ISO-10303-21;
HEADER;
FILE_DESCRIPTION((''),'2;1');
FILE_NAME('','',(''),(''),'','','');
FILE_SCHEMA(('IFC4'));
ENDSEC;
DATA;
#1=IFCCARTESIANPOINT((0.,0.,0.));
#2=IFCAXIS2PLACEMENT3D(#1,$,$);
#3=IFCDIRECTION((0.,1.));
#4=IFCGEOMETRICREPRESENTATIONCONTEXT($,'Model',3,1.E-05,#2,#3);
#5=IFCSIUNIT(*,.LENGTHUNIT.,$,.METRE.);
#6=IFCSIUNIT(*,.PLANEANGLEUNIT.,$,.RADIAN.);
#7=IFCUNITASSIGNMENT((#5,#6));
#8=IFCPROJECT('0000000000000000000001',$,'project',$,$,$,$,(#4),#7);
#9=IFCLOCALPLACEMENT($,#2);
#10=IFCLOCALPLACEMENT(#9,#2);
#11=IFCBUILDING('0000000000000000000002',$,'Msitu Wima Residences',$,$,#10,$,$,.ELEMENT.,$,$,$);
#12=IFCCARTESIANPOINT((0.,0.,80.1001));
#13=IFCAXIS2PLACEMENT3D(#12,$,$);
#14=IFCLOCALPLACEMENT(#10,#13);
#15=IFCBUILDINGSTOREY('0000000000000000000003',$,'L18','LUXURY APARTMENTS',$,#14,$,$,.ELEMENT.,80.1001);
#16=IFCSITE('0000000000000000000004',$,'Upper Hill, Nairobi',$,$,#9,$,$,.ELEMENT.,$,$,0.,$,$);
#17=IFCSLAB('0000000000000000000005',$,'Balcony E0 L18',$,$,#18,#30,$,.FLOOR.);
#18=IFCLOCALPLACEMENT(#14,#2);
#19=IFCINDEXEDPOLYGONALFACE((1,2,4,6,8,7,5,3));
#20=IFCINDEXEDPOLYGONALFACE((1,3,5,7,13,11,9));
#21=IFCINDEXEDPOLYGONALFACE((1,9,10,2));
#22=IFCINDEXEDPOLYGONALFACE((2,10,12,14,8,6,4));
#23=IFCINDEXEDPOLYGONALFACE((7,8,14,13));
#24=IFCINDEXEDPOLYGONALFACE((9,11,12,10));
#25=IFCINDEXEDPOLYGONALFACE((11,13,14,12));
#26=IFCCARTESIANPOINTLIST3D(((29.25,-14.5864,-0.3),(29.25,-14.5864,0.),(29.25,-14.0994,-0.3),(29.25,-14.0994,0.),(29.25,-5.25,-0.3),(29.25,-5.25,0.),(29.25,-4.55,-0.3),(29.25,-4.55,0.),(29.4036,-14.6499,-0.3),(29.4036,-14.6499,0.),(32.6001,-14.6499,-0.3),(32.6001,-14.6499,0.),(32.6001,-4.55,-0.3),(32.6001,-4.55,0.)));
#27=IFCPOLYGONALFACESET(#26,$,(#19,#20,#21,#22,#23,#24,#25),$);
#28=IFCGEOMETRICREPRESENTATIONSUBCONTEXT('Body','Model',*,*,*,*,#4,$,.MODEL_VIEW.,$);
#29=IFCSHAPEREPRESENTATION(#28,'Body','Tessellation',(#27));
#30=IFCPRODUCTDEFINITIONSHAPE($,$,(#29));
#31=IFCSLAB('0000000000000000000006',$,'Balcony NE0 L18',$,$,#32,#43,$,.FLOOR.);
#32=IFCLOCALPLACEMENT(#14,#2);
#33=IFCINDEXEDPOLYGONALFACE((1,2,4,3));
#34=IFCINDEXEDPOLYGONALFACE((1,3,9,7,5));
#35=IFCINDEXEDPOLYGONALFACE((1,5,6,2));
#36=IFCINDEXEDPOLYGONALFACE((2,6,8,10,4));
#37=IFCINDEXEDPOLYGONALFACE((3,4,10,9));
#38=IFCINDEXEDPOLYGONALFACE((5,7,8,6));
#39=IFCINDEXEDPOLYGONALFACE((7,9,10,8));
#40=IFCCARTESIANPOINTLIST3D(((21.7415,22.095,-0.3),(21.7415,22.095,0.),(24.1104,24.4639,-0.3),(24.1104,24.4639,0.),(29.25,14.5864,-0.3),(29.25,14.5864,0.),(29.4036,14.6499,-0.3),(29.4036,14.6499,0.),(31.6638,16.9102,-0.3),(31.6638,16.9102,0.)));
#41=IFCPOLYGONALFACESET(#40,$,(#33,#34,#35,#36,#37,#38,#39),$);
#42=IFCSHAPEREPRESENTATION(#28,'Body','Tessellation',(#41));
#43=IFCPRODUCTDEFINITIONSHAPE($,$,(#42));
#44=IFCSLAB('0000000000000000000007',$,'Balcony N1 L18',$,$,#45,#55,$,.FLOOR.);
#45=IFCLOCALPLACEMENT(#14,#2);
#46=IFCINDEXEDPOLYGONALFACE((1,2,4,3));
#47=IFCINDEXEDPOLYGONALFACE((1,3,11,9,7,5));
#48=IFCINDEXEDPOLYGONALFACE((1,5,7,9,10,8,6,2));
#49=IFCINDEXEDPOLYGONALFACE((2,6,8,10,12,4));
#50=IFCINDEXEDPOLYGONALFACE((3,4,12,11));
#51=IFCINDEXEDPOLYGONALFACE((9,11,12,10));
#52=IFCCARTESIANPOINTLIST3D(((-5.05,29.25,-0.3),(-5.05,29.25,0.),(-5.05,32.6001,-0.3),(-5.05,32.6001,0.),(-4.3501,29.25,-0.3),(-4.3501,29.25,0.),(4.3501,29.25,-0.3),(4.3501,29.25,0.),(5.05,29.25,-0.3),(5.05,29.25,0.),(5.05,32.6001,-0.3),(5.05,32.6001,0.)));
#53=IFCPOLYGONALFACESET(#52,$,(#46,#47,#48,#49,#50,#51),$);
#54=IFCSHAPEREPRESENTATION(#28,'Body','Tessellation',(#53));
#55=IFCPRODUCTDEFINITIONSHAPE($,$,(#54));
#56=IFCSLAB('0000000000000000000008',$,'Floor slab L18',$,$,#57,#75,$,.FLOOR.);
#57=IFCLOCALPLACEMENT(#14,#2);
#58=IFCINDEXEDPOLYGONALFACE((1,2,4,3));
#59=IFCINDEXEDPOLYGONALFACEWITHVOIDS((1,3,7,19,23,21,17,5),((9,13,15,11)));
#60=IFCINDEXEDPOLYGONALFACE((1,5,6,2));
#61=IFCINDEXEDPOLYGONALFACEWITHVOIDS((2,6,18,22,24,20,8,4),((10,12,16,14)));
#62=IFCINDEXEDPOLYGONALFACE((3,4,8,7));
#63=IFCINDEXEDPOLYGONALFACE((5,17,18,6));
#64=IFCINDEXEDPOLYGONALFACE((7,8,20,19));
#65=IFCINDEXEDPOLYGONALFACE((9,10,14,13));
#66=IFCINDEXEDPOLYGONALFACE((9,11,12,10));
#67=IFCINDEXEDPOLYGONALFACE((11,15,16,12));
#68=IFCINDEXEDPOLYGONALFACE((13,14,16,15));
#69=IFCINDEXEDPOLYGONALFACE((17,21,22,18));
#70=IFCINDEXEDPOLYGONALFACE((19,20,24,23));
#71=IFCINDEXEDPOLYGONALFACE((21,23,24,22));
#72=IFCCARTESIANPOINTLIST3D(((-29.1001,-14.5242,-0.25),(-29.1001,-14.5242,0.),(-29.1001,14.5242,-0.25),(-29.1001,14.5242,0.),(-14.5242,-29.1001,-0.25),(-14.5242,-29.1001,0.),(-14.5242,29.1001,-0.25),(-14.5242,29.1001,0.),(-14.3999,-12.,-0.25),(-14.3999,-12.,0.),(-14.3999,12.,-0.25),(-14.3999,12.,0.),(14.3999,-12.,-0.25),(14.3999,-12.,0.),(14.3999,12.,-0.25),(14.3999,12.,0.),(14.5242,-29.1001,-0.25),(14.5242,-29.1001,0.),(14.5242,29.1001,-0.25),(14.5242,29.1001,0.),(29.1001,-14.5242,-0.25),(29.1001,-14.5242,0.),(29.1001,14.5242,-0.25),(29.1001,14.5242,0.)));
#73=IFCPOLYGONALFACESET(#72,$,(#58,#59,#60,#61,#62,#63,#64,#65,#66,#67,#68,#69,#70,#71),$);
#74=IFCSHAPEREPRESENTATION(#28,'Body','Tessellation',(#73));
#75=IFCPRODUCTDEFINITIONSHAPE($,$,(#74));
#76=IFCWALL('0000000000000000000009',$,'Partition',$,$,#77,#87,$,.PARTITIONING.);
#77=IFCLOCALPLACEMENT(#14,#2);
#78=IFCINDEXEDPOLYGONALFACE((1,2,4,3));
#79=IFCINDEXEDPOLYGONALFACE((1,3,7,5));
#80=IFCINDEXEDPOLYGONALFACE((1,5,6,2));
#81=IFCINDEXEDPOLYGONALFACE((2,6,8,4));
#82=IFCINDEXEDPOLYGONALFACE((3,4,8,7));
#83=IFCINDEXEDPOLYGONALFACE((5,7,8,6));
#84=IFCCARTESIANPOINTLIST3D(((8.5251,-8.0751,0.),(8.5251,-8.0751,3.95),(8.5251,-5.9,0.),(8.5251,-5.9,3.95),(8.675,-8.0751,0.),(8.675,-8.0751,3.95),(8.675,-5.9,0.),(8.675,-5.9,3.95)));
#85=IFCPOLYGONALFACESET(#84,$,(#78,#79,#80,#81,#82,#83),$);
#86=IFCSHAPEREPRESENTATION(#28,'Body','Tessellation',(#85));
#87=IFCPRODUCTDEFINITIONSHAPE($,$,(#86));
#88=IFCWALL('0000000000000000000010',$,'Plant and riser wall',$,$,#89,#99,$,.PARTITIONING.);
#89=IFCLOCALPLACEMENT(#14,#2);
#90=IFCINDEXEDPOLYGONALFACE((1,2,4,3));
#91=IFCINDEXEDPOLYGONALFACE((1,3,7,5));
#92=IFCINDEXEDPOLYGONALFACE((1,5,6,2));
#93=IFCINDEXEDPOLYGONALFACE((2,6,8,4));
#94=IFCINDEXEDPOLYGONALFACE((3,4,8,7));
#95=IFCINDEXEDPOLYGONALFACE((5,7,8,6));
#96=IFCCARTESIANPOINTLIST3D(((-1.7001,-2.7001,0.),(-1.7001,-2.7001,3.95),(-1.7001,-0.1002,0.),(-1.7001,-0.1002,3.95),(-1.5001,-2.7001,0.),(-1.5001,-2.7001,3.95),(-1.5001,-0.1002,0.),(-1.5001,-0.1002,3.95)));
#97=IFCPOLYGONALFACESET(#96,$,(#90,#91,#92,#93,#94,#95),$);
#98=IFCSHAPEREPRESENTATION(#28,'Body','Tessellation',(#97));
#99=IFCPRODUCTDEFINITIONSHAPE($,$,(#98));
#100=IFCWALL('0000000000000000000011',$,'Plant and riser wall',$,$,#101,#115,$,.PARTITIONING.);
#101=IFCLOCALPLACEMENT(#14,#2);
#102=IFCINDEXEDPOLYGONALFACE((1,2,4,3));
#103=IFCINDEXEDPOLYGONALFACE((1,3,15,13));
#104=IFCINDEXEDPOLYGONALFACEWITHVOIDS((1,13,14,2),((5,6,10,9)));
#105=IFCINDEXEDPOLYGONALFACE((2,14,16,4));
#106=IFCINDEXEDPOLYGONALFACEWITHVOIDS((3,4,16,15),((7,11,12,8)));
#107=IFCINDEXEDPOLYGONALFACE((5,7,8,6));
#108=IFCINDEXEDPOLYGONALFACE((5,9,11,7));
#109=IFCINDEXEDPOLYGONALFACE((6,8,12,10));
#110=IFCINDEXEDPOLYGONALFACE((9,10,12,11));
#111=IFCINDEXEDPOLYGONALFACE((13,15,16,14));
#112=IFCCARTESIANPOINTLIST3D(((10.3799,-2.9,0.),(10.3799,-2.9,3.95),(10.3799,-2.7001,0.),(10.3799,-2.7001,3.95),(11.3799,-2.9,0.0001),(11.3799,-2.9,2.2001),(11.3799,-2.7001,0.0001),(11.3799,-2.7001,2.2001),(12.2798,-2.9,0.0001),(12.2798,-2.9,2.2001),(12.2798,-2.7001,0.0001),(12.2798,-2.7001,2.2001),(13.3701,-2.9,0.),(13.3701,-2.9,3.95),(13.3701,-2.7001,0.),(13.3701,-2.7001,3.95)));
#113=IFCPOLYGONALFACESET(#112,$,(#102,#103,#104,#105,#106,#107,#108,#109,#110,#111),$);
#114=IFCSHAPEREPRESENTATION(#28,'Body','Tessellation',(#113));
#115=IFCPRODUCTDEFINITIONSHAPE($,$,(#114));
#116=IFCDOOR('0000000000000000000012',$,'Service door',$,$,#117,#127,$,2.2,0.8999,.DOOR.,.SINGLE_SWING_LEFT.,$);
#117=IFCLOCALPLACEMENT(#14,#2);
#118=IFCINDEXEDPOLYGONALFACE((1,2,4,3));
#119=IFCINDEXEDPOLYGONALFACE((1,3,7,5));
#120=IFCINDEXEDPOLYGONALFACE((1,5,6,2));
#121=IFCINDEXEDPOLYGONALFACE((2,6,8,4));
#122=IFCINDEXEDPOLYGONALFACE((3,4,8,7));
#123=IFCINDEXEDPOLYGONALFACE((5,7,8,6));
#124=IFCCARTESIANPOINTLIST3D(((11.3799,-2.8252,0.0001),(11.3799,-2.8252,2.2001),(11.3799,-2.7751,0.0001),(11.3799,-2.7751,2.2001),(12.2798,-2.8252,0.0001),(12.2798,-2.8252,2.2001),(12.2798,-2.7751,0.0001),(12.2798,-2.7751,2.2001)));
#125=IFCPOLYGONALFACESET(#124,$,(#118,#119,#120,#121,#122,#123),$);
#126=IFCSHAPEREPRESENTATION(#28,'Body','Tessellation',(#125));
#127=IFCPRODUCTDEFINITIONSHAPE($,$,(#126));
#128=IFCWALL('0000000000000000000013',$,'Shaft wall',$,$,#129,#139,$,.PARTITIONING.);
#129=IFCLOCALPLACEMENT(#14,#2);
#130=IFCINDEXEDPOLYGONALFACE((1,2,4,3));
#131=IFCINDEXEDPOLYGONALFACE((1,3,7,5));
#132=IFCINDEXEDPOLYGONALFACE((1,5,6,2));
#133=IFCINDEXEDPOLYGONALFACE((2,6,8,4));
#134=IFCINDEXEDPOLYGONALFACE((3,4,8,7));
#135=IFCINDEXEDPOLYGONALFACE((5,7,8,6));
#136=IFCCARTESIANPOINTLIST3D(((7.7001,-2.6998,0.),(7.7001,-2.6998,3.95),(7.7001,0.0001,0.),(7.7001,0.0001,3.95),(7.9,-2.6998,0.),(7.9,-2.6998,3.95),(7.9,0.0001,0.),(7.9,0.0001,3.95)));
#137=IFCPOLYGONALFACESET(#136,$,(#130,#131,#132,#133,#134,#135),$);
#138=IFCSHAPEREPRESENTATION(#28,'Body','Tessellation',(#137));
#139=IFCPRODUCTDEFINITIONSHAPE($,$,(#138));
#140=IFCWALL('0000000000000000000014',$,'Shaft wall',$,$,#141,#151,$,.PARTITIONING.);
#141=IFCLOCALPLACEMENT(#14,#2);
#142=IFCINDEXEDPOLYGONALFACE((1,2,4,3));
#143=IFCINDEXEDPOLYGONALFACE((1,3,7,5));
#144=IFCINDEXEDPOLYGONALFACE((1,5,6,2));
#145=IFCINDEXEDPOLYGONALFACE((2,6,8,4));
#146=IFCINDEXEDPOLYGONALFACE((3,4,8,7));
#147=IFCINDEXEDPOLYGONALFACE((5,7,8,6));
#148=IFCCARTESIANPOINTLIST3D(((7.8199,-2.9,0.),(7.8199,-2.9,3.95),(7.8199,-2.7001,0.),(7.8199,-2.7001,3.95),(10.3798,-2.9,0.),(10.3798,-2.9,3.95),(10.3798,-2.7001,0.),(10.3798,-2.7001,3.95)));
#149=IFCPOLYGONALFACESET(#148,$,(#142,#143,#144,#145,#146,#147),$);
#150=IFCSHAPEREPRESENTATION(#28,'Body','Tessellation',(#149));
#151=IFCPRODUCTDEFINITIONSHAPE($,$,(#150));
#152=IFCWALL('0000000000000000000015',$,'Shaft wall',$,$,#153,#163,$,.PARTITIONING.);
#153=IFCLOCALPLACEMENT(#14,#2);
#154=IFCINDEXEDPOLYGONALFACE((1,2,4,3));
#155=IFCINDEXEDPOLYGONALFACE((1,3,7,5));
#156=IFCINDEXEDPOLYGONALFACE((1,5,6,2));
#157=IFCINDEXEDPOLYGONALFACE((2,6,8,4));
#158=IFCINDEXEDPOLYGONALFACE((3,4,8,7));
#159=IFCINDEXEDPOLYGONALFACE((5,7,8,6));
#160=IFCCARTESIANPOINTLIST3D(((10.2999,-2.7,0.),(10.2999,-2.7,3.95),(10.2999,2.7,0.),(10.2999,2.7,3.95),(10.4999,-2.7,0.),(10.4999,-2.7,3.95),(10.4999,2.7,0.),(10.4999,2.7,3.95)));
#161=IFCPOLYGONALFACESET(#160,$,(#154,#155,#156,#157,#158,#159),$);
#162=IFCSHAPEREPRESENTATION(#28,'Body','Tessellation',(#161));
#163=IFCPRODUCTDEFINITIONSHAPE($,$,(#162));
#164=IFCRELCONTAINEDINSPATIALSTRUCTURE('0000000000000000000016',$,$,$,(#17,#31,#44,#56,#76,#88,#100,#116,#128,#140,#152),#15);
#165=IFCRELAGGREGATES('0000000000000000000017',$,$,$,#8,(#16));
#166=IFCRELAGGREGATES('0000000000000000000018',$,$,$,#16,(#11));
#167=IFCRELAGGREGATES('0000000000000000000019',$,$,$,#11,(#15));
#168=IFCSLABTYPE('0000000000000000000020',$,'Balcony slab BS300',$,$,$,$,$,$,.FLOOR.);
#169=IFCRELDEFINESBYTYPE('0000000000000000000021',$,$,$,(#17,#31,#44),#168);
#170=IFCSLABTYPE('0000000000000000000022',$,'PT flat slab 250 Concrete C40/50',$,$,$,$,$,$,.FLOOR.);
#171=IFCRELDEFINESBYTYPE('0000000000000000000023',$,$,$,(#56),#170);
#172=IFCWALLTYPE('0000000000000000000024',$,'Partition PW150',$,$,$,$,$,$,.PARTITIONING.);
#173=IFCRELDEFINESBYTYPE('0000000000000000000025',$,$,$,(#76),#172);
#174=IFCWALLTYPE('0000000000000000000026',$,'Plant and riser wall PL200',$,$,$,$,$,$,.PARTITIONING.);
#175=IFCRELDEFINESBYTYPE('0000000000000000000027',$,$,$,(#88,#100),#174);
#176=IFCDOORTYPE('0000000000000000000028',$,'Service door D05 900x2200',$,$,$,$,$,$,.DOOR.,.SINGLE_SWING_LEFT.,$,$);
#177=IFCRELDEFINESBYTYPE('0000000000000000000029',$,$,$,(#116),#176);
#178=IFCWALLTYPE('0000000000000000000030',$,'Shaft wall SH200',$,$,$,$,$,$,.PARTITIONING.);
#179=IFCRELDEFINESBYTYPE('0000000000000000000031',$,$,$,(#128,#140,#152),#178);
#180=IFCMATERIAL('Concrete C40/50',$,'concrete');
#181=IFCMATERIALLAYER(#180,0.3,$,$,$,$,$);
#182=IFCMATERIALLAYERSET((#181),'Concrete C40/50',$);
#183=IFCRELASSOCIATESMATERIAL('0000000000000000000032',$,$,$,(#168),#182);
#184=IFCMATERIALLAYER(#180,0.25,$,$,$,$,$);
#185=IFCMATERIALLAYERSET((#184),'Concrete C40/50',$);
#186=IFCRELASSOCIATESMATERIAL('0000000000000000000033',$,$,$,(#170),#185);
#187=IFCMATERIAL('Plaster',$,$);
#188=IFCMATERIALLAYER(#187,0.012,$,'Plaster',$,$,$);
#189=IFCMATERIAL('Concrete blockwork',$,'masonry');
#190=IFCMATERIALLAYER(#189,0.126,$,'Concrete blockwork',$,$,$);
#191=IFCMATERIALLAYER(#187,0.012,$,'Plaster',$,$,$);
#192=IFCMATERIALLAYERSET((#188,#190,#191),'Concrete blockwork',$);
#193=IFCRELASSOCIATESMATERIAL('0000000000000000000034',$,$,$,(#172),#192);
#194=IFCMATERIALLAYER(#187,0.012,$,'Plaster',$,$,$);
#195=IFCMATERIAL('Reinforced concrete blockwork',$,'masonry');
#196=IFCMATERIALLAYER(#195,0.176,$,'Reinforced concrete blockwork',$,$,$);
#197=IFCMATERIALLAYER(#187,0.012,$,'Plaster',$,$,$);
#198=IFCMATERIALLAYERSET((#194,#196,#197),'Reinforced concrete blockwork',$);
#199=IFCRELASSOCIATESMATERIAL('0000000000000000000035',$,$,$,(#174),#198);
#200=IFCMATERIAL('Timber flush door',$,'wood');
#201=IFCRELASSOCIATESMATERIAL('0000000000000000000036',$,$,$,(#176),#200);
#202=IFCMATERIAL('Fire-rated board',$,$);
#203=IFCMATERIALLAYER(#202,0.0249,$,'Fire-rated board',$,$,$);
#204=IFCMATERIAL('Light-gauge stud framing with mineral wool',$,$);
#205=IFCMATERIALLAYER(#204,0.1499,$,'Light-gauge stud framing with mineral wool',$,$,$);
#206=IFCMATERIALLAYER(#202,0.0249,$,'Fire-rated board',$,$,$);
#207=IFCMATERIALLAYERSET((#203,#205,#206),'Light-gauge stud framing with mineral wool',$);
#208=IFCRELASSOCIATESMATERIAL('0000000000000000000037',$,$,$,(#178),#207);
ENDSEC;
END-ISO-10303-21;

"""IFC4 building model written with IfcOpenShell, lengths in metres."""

from ifc_helpers import new_model, si_unit, direction, frame, frame_2d, origin, place, context, subcontext, project, spatial, polyline, rectangle, outline, extrude, material, layer, layer_set, type_object, element, fill, save


model = new_model("IFC4")

# Units and contexts
model_context = context("Model", 3, precision=1e-05, world=origin(), true_north=direction((0.0, 1.0)))
body_context = subcontext(model_context, "Body", "Model", "MODEL_VIEW")
ifc_project = project(units=[si_unit("LENGTHUNIT", "METRE"), si_unit("PLANEANGLEUNIT", "RADIAN")], contexts=[model_context])

# Site, building, storey
site_placement = place(None, origin())
site = spatial("IfcSite", under=ifc_project, at=site_placement, Name="Upper Hill, Nairobi", CompositionType="ELEMENT", RefElevation=0.0)
building_placement = place(site_placement, origin())
building = spatial("IfcBuilding", under=site, at=building_placement, Name="Msitu Wima Residences", CompositionType="ELEMENT")
storey_placement = place(building_placement, frame((0.0, 0.0, 80.1001)))
storey = spatial("IfcBuildingStorey", under=building, at=storey_placement, Name="L18", Description="LUXURY APARTMENTS", CompositionType="ELEMENT", Elevation=80.1001)

# Slabs
ifc_material_1 = material(Name="Concrete C40/50", Category="concrete")
ifc_layer_1 = layer(ifc_material_1, 0.3)
ifc_layer_set_1 = layer_set([ifc_layer_1], Name="Concrete C40/50")
slab_type_1 = type_object("IfcSlabType", Name="Balcony slab BS300", PredefinedType="FLOOR", material=ifc_layer_set_1)
slab_1_placement = place(storey_placement, frame((0.0, 0.0, -0.3)))
element("IfcSlab", 1, at=slab_1_placement, inside=storey, type_object=slab_type_1, Name="Balcony E0 L18", PredefinedType="FLOOR", context=body_context, shape_type="SweptSolid", body=[
    extrude(outline(polyline([(29.25, -14.0994), (29.25, -14.0994), (29.25, -5.25), (29.25, -4.55), (32.6001, -4.55), (32.6001, -14.6499), (29.4036, -14.6499), (29.25, -14.5864), (29.25, -14.0994), (29.25, -14.0994)])), origin(), (0.0, 0.0, 1.0), 0.3),
])
slab_2_placement = place(storey_placement, frame((0.0, 0.0, -0.3)))
element("IfcSlab", 2, at=slab_2_placement, inside=storey, type_object=slab_type_1, Name="Balcony NE0 L18", PredefinedType="FLOOR", context=body_context, shape_type="SweptSolid", body=[
    extrude(outline(polyline([(24.1104, 24.4639), (31.6638, 16.9102), (29.4036, 14.6499), (29.25, 14.5864), (21.7415, 22.095), (24.1104, 24.4639)])), origin(), (0.0, 0.0, 1.0), 0.3),
])
slab_3_placement = place(storey_placement, frame((0.0, 0.0, -0.3)))
element("IfcSlab", 3, at=slab_3_placement, inside=storey, type_object=slab_type_1, Name="Balcony N1 L18", PredefinedType="FLOOR", context=body_context, shape_type="SweptSolid", body=[
    extrude(outline(polyline([(4.3501, 29.25), (-4.3501, 29.25), (-5.05, 29.25), (-5.05, 32.6001), (5.05, 32.6001), (5.05, 29.25), (4.3501, 29.25)])), origin(), (0.0, 0.0, 1.0), 0.3),
])
ifc_layer_2 = layer(ifc_material_1, 0.25)
ifc_layer_set_2 = layer_set([ifc_layer_2], Name="Concrete C40/50")
slab_type_2 = type_object("IfcSlabType", Name="PT flat slab 250 Concrete C40/50", PredefinedType="FLOOR", material=ifc_layer_set_2)
slab_4_placement = place(storey_placement, frame((0.0, 0.0, -0.25)))
element("IfcSlab", 4, at=slab_4_placement, inside=storey, type_object=slab_type_2, Name="Floor slab L18", PredefinedType="FLOOR", context=body_context, shape_type="SweptSolid", body=[
    extrude(outline(polyline([(29.1001, -14.5242), (14.5242, -29.1001), (-14.5242, -29.1001), (-29.1001, -14.5242), (-29.1001, 14.5242), (-14.5242, 29.1001), (14.5242, 29.1001), (29.1001, 14.5242), (29.1001, -14.5242)]), holes=[polyline([(-14.3999, -12.0), (14.3999, -12.0), (14.3999, 12.0), (-14.3999, 12.0), (-14.3999, -12.0)])]), origin(), (0.0, 0.0, 1.0), 0.25),
])

# Walls
ifc_material_2 = material(Name="Plaster")
ifc_layer_3 = layer(ifc_material_2, 0.012, Name="Plaster")
ifc_material_3 = material(Name="Concrete blockwork", Category="masonry")
ifc_layer_4 = layer(ifc_material_3, 0.126, Name="Concrete blockwork")
ifc_layer_5 = layer(ifc_material_2, 0.012, Name="Plaster")
ifc_layer_set_3 = layer_set([ifc_layer_3, ifc_layer_4, ifc_layer_5], Name="Concrete blockwork")
wall_type_1 = type_object("IfcWallType", Name="Partition PW150", PredefinedType="PARTITIONING", material=ifc_layer_set_3)
wall_1_placement = place(storey_placement, frame((8.6001, -8.075, 0.0), z_axis=(0.0, 0.0, 1.0), x_axis=(0.0, 1.0, 0.0)))
element("IfcWall", 5, at=wall_1_placement, inside=storey, type_object=wall_type_1, Name="Partition", PredefinedType="PARTITIONING", context=body_context, shape_type="SweptSolid", body=[
    extrude(rectangle(XDim=2.175, YDim=0.1499, at=frame_2d((1.0874, 0.0))), origin(), (0.0, 0.0, 1.0), 3.95),
])
ifc_layer_6 = layer(ifc_material_2, 0.012, Name="Plaster")
ifc_material_4 = material(Name="Reinforced concrete blockwork", Category="masonry")
ifc_layer_7 = layer(ifc_material_4, 0.176, Name="Reinforced concrete blockwork")
ifc_layer_8 = layer(ifc_material_2, 0.012, Name="Plaster")
ifc_layer_set_4 = layer_set([ifc_layer_6, ifc_layer_7, ifc_layer_8], Name="Reinforced concrete blockwork")
wall_type_2 = type_object("IfcWallType", Name="Plant and riser wall PL200", PredefinedType="PARTITIONING", material=ifc_layer_set_4)
wall_2_placement = place(storey_placement, frame((-1.6001, -2.7, 0.0), z_axis=(0.0, 0.0, 1.0), x_axis=(0.0, 1.0, 0.0)))
element("IfcWall", 6, at=wall_2_placement, inside=storey, type_object=wall_type_2, Name="Plant and riser wall", PredefinedType="PARTITIONING", context=body_context, shape_type="SweptSolid", body=[
    extrude(rectangle(XDim=2.5999, YDim=0.2, at=frame_2d((1.2998, 0.0))), origin(), (0.0, 0.0, 1.0), 3.95),
])

# Wall, opening, door
wall_3_placement = place(storey_placement, frame((10.3799, -2.8, 0.0), z_axis=(0.0, 0.0, 1.0), x_axis=(1.0, 0.0, 0.0)))
wall_3 = element("IfcWall", 7, at=wall_3_placement, inside=storey, type_object=wall_type_2, Name="Plant and riser wall", PredefinedType="PARTITIONING", context=body_context, shape_type="SweptSolid", body=[
    extrude(rectangle(XDim=2.9902, YDim=0.2, at=frame_2d((1.4951, 0.0))), origin(), (0.0, 0.0, 1.0), 3.95),
])
opening_1_placement = place(wall_3_placement, frame((1.0, 0.0, 0.0)))
opening_1 = element("IfcOpeningElement", 8, at=opening_1_placement, cuts=wall_3, PredefinedType="OPENING", context=body_context, shape_type="SweptSolid", body=[
    extrude(rectangle(XDim=0.8999, YDim=2.2, at=frame_2d((0.45, 1.1001))), frame((0.0, 0.1099, 0.0), z_axis=(0.0, -1.0, 0.0), x_axis=(1.0, 0.0, 0.0)), (0.0, 0.0, 1.0), 0.22),
])
ifc_material_5 = material(Name="Timber flush door", Category="wood")
door_type_1 = type_object("IfcDoorType", Name="Service door D05 900x2200", OperationType="SINGLE_SWING_LEFT", PredefinedType="DOOR", material=ifc_material_5)
door_1_placement = place(opening_1_placement, origin())
door_1 = element("IfcDoor", 9, at=door_1_placement, inside=storey, type_object=door_type_1, Name="Service door", OperationType="SINGLE_SWING_LEFT", OverallHeight=2.2, OverallWidth=0.8999, PredefinedType="DOOR", context=body_context, shape_type="SweptSolid", body=[
    extrude(rectangle(XDim=0.8999, YDim=2.2, at=frame_2d((0.45, 1.1001))), frame((0.0, 0.0249, 0.0), z_axis=(0.0, -1.0, 0.0), x_axis=(1.0, 0.0, 0.0)), (0.0, 0.0, 1.0), 0.05),
])
fill(opening_1, door_1)

# Walls
ifc_material_6 = material(Name="Fire-rated board")
ifc_layer_9 = layer(ifc_material_6, 0.0249, Name="Fire-rated board")
ifc_material_7 = material(Name="Light-gauge stud framing with mineral wool")
ifc_layer_10 = layer(ifc_material_7, 0.1499, Name="Light-gauge stud framing with mineral wool")
ifc_layer_11 = layer(ifc_material_6, 0.0249, Name="Fire-rated board")
ifc_layer_set_5 = layer_set([ifc_layer_9, ifc_layer_10, ifc_layer_11], Name="Light-gauge stud framing with mineral wool")
wall_type_3 = type_object("IfcWallType", Name="Shaft wall SH200", PredefinedType="PARTITIONING", material=ifc_layer_set_5)
wall_4_placement = place(storey_placement, frame((7.8, -2.7, 0.0), z_axis=(0.0, 0.0, 1.0), x_axis=(0.0, 1.0, 0.0)))
element("IfcWall", 10, at=wall_4_placement, inside=storey, type_object=wall_type_3, Name="Shaft wall", PredefinedType="PARTITIONING", context=body_context, shape_type="SweptSolid", body=[
    extrude(rectangle(XDim=2.7, YDim=0.2, at=frame_2d((1.3501, 0.0))), origin(), (0.0, 0.0, 1.0), 3.95),
])
wall_5_placement = place(storey_placement, frame((7.8201, -2.8, 0.0), z_axis=(0.0, 0.0, 1.0), x_axis=(1.0, 0.0, 0.0)))
element("IfcWall", 11, at=wall_5_placement, inside=storey, type_object=wall_type_3, Name="Shaft wall", PredefinedType="PARTITIONING", context=body_context, shape_type="SweptSolid", body=[
    extrude(rectangle(XDim=2.5598, YDim=0.2, at=frame_2d((1.2798, 0.0))), origin(), (0.0, 0.0, 1.0), 3.95),
])
wall_6_placement = place(storey_placement, frame((10.3999, -2.7, 0.0), z_axis=(0.0, 0.0, 1.0), x_axis=(0.0, 1.0, 0.0)))
element("IfcWall", 12, at=wall_6_placement, inside=storey, type_object=wall_type_3, Name="Shaft wall", PredefinedType="PARTITIONING", context=body_context, shape_type="SweptSolid", body=[
    extrude(rectangle(XDim=5.3999, YDim=0.2, at=frame_2d((2.7, 0.0))), origin(), (0.0, 0.0, 1.0), 3.95),
])

save(model, "model.ifc")
